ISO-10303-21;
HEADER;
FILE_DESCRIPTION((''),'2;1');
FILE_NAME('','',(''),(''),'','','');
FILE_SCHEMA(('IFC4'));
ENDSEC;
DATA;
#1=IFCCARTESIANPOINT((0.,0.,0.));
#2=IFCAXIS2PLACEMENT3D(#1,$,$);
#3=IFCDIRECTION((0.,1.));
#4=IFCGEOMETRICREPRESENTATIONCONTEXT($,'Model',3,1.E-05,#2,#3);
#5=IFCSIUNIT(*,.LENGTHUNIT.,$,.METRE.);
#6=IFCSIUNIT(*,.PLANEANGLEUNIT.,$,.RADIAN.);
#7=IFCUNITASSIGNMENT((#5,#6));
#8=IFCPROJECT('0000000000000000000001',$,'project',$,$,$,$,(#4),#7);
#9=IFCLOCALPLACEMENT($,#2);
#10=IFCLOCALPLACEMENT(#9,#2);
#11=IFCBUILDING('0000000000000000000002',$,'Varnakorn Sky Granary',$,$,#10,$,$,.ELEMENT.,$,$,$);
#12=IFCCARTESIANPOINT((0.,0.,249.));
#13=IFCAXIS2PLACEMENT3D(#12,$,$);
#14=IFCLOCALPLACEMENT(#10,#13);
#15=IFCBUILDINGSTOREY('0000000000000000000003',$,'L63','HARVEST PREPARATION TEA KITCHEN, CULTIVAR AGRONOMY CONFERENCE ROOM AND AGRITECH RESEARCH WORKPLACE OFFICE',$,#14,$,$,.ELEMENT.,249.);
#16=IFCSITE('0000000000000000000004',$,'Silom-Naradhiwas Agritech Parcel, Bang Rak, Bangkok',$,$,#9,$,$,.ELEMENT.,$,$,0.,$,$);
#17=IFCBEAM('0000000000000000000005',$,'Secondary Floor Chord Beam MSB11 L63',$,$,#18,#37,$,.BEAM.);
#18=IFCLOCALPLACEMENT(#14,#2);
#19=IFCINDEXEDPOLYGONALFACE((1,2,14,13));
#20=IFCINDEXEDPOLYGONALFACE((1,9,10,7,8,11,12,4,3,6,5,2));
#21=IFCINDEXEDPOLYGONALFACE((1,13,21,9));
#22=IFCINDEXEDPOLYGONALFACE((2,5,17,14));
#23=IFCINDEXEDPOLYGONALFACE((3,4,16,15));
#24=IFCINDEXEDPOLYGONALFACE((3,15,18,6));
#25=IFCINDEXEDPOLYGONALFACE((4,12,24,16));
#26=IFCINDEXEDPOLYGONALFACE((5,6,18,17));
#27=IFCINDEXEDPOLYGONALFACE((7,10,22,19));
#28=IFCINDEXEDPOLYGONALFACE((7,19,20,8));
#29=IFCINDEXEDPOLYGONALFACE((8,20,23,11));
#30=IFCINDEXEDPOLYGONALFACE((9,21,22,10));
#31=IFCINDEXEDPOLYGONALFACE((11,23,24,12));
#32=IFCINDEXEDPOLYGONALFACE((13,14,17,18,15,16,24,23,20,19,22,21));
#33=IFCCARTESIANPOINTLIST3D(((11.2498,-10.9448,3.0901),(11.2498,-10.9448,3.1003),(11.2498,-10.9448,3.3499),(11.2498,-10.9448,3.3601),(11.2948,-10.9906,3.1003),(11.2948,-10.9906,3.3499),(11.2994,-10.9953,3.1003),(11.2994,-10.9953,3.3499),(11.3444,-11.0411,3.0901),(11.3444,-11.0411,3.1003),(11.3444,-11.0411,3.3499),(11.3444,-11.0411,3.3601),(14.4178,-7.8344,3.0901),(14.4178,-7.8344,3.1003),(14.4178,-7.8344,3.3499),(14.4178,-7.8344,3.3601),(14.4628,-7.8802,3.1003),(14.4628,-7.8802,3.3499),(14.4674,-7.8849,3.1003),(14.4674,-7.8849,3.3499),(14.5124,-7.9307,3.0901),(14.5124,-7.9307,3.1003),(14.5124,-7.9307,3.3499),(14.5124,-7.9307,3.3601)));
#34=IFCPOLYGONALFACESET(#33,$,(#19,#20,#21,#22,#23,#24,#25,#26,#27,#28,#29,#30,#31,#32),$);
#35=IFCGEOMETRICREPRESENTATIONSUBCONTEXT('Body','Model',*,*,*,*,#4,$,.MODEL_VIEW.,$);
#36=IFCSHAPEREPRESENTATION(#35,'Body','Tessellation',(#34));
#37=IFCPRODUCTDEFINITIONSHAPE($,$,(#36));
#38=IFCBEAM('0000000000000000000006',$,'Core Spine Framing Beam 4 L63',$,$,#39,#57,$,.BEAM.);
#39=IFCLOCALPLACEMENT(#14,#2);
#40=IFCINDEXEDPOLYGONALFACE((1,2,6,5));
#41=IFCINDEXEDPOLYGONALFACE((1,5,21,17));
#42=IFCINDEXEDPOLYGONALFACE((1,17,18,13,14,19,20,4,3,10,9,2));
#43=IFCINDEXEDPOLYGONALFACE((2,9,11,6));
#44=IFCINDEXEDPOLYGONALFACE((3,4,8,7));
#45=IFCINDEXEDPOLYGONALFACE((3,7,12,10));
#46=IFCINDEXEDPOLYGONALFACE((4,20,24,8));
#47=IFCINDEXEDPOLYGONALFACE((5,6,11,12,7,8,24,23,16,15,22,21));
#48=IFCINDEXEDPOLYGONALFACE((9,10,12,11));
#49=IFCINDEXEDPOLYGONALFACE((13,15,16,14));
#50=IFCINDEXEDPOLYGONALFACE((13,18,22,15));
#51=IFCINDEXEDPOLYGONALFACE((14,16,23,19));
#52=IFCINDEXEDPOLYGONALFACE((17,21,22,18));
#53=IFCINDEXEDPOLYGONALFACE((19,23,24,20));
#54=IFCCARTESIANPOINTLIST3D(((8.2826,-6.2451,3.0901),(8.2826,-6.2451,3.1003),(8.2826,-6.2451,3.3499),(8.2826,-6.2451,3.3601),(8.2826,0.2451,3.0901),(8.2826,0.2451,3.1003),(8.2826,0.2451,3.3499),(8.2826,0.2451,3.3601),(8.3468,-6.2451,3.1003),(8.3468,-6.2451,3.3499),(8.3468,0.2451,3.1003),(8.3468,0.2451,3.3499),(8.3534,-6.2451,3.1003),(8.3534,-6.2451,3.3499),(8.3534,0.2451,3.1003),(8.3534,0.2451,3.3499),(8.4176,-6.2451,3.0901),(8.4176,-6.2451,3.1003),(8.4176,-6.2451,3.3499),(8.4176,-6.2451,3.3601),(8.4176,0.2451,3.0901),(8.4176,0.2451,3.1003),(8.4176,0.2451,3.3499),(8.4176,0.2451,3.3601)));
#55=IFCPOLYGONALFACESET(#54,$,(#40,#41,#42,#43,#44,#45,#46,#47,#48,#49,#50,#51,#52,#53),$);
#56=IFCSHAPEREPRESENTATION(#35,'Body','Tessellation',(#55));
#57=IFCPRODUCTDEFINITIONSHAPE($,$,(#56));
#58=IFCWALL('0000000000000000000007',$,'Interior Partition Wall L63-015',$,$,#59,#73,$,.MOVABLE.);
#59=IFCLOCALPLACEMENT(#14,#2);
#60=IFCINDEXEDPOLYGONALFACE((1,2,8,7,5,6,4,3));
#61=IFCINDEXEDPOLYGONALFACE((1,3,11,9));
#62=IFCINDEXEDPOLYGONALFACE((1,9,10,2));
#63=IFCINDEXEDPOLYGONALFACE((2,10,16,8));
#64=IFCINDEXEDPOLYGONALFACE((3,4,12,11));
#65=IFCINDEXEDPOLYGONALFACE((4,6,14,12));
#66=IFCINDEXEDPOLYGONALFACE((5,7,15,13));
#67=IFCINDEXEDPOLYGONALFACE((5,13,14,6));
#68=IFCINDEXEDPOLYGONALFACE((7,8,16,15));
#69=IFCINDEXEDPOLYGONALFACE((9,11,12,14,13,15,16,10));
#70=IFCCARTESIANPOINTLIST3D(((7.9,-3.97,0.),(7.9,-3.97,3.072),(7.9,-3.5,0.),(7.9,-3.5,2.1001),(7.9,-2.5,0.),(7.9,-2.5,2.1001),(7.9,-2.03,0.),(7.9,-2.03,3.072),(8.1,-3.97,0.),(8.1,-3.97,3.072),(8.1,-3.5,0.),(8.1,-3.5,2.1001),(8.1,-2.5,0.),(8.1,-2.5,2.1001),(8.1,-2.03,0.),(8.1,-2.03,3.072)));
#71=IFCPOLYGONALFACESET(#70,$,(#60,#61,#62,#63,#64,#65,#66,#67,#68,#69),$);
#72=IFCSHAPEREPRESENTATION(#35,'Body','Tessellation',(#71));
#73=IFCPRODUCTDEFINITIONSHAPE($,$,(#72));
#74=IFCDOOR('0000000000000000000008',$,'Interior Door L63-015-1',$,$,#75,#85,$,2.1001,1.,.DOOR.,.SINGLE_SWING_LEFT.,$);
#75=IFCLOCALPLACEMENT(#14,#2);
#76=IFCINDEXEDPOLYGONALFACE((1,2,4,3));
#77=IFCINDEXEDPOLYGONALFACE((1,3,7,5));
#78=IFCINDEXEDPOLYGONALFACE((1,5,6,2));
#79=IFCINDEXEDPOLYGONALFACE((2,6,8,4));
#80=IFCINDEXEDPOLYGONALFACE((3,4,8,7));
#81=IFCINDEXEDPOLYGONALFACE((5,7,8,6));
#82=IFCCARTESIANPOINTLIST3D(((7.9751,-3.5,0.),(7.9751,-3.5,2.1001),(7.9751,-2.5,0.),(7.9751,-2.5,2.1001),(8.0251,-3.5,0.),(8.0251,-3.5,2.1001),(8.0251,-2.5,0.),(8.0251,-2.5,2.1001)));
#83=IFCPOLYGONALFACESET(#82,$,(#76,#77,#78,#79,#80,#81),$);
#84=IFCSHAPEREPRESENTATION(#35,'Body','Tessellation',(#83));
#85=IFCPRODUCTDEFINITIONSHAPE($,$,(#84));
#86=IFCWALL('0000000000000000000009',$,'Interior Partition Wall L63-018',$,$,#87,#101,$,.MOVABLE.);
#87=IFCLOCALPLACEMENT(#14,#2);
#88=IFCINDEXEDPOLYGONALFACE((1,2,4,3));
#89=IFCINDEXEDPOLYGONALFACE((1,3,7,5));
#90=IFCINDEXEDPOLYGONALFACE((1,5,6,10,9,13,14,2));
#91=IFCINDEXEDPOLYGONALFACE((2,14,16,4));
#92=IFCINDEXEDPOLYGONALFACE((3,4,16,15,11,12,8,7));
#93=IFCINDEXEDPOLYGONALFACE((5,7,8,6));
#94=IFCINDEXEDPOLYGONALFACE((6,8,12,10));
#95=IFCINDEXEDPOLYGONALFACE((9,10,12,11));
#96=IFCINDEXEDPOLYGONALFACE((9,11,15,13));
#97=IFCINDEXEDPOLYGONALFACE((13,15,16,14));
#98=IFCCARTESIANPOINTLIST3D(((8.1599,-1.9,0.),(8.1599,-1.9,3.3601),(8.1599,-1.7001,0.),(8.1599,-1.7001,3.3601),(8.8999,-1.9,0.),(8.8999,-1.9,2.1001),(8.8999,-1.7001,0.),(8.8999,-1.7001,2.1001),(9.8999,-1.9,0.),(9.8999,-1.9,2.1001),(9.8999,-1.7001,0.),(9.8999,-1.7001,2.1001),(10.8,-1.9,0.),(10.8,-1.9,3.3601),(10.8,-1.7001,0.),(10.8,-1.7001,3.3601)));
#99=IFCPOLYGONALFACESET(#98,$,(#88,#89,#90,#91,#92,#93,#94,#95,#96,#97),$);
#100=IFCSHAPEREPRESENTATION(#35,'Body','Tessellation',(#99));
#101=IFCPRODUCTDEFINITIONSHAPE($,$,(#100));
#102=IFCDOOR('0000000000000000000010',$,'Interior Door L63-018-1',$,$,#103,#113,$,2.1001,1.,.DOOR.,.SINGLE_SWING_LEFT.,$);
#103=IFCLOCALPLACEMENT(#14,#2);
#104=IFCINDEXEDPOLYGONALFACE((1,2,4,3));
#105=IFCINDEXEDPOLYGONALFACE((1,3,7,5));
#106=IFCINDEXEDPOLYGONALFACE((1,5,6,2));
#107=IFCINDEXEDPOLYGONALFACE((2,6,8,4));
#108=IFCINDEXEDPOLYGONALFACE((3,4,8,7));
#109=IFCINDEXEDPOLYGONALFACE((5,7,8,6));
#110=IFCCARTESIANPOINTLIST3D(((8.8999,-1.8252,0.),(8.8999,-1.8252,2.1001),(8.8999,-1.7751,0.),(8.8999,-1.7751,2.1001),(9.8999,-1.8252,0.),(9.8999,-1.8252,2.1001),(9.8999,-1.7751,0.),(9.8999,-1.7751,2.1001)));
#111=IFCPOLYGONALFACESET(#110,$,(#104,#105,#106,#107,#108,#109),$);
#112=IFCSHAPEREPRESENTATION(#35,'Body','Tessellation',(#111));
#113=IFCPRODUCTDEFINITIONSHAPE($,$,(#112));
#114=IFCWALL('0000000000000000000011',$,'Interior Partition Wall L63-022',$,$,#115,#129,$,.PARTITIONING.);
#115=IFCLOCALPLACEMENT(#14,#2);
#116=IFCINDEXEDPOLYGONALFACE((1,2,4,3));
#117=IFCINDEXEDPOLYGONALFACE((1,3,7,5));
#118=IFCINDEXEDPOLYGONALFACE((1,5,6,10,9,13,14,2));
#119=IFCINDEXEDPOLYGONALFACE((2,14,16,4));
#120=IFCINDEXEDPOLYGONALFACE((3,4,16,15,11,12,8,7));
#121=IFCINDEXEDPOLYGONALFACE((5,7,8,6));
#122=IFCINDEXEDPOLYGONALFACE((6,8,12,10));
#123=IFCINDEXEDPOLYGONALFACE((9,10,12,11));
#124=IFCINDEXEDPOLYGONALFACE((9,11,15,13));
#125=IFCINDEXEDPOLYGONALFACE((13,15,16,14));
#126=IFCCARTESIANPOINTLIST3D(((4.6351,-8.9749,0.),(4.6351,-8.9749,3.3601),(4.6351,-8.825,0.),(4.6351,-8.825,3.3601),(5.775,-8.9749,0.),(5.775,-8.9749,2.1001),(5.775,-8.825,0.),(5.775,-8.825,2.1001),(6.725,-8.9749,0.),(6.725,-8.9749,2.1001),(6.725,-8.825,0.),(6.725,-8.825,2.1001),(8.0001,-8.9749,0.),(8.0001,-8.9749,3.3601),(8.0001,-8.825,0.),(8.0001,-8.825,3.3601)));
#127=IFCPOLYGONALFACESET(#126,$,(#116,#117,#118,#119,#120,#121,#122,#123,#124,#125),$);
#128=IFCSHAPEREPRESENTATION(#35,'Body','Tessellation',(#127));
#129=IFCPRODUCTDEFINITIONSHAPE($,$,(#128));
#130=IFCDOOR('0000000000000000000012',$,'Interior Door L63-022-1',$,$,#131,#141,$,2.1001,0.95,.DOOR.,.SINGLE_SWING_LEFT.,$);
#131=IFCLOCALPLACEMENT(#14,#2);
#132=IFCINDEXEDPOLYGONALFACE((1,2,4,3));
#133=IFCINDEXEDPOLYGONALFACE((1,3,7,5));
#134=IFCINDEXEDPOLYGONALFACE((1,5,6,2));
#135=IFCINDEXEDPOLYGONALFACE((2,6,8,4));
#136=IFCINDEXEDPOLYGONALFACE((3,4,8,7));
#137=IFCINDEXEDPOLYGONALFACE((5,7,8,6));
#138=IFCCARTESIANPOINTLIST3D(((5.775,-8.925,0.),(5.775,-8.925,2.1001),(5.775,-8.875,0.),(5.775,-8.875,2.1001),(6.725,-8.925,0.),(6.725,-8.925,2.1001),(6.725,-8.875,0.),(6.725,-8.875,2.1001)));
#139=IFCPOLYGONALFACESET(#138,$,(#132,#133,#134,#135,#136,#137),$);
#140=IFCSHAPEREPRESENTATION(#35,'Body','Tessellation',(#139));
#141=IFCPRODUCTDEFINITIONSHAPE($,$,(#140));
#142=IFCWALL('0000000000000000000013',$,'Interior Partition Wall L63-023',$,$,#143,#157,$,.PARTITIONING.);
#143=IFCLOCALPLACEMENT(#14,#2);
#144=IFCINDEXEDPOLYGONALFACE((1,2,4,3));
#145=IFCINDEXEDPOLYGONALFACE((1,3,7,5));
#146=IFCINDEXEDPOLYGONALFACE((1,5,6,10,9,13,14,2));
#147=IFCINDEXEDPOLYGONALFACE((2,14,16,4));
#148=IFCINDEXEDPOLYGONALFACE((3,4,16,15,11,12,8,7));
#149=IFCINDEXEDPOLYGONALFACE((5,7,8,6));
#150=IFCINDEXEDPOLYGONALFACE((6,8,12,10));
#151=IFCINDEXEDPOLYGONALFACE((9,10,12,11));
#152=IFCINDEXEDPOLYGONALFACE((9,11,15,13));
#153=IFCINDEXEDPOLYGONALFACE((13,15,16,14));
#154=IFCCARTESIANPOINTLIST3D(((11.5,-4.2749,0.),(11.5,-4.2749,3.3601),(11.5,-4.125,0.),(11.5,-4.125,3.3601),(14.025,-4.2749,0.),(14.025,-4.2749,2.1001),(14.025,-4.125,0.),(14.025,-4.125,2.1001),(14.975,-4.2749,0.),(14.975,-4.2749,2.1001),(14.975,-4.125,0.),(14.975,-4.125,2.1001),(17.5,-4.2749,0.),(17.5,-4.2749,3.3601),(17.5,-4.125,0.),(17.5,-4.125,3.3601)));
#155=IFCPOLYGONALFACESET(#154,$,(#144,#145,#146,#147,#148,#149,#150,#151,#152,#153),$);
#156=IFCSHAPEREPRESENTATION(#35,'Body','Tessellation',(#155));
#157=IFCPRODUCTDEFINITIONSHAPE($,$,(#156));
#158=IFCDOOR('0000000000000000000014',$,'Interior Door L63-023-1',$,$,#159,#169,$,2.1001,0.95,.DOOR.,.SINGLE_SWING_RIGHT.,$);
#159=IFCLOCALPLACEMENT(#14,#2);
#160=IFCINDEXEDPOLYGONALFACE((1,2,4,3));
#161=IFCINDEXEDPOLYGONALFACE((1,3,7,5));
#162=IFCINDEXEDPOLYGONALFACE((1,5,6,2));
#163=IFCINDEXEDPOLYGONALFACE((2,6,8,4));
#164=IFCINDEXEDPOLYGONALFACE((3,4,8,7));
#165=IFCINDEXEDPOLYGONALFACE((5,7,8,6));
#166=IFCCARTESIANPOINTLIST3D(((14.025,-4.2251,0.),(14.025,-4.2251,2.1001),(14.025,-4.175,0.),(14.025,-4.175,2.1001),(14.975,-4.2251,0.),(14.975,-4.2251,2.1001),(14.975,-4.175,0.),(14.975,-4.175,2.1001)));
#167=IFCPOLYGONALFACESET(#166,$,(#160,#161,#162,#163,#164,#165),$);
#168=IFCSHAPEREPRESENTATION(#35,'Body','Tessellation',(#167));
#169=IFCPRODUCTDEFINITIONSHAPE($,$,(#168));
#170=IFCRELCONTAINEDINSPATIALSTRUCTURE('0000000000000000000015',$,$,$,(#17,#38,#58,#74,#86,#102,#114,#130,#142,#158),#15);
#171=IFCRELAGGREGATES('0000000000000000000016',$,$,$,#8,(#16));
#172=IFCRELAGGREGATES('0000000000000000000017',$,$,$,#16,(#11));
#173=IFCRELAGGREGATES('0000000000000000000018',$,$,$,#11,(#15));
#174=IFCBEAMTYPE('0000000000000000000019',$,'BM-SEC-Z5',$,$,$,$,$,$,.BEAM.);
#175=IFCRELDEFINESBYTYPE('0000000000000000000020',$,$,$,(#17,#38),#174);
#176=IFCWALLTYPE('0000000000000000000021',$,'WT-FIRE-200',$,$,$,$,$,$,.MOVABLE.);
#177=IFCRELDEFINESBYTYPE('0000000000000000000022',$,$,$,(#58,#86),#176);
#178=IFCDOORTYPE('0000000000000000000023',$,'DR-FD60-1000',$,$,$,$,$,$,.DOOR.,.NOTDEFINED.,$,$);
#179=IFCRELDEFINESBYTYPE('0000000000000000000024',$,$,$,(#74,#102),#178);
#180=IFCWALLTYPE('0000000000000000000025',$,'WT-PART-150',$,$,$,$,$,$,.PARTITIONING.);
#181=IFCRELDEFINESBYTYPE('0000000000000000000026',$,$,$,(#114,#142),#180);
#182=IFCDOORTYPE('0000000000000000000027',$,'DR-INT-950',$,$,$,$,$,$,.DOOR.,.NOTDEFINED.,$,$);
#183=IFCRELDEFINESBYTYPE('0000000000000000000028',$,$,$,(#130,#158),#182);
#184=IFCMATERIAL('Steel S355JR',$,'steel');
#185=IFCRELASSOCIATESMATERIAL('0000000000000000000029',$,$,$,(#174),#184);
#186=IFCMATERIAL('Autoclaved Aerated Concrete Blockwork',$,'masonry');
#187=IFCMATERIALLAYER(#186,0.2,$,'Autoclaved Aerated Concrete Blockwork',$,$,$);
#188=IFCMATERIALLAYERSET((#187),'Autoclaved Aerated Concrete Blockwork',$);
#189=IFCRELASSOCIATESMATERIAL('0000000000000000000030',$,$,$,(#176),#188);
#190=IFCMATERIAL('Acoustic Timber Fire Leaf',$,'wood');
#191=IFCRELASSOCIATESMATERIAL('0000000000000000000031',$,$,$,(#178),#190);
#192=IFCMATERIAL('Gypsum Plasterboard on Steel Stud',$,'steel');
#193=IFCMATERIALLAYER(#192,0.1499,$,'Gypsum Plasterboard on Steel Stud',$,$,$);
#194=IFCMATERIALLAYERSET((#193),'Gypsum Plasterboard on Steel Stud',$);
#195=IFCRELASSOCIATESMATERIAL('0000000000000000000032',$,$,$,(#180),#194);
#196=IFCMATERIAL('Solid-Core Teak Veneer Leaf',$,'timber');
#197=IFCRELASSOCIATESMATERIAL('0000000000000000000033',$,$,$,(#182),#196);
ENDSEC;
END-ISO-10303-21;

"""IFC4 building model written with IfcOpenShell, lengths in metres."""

from ifc_helpers import new_model, si_unit, direction, frame, frame_2d, origin, origin_2d, place, context, subcontext, project, spatial, rectangle, i_section, extrude, material, layer, layer_set, material_profile, profile_set, type_object, element, fill, save


model = new_model("IFC4")

# Units and contexts
model_context = context("Model", 3, precision=1e-05, world=origin(), true_north=direction((0.0, 1.0)))
body_context = subcontext(model_context, "Body", "Model", "MODEL_VIEW")
ifc_project = project(units=[si_unit("LENGTHUNIT", "METRE"), si_unit("PLANEANGLEUNIT", "RADIAN")], contexts=[model_context])

# Site, building, storey
site_placement = place(None, origin())
site = spatial("IfcSite", under=ifc_project, at=site_placement, Name="Silom-Naradhiwas Agritech Parcel, Bang Rak, Bangkok", CompositionType="ELEMENT", RefElevation=0.0)
building_placement = place(site_placement, origin())
building = spatial("IfcBuilding", under=site, at=building_placement, Name="Varnakorn Sky Granary", CompositionType="ELEMENT")
storey_placement = place(building_placement, frame((0.0, 0.0, 249.0)))
storey = spatial("IfcBuildingStorey", under=building, at=storey_placement, Name="L63", Description="HARVEST PREPARATION TEA KITCHEN, CULTIVAR AGRONOMY CONFERENCE ROOM AND AGRITECH RESEARCH WORKPLACE OFFICE", CompositionType="ELEMENT", Elevation=249.0)

# Beams
ifc_material_1 = material(Name="Steel S355JR", Category="steel")
ifc_material_profile_1 = material_profile(ifc_material_1, i_section(OverallWidth=0.135, OverallDepth=0.27, WebThickness=0.0066, FlangeThickness=0.0103, at=origin_2d()), Name="IPE 270")
ifc_profile_set_1 = profile_set([ifc_material_profile_1], Name="Steel S355JR")
beam_type_1 = type_object("IfcBeamType", Name="BM-SEC-Z5", PredefinedType="BEAM", material=ifc_profile_set_1)
beam_1_placement = place(storey_placement, frame((11.2971, -10.9929, 3.2251), z_axis=(0.713566, 0.700588, 0.0), x_axis=(-0.700588, 0.713566, 0.0)))
element("IfcBeam", 1, at=beam_1_placement, inside=storey, type_object=beam_type_1, Name="Secondary Floor Chord Beam MSB11 L63", PredefinedType="BEAM", context=body_context, shape_type="SweptSolid", body=[
    extrude(i_section(OverallWidth=0.135, OverallDepth=0.27, WebThickness=0.0066, FlangeThickness=0.0103, at=origin_2d()), origin(), (0.0, 0.0, 1.0), 4.4397),
])
beam_2_placement = place(storey_placement, frame((8.3501, 0.2451, 3.2251), z_axis=(0.0, -1.0, 0.0), x_axis=(1.0, 0.0, 0.0)))
element("IfcBeam", 2, at=beam_2_placement, inside=storey, type_object=beam_type_1, Name="Core Spine Framing Beam 4 L63", PredefinedType="BEAM", context=body_context, shape_type="SweptSolid", body=[
    extrude(i_section(OverallWidth=0.135, OverallDepth=0.27, WebThickness=0.0066, FlangeThickness=0.0103, at=origin_2d()), origin(), (0.0, 0.0, 1.0), 6.4902),
])

# Walls, openings, doors
ifc_material_2 = material(Name="Autoclaved Aerated Concrete Blockwork", Category="masonry")
ifc_layer_1 = layer(ifc_material_2, 0.2, Name="Autoclaved Aerated Concrete Blockwork")
ifc_layer_set_1 = layer_set([ifc_layer_1], Name="Autoclaved Aerated Concrete Blockwork")
wall_type_1 = type_object("IfcWallType", Name="WT-FIRE-200", PredefinedType="MOVABLE", material=ifc_layer_set_1)
wall_1_placement = place(storey_placement, frame((8.0, -3.97, 0.0), z_axis=(0.0, 0.0, 1.0), x_axis=(0.0, 1.0, 0.0)))
wall_1 = element("IfcWall", 3, at=wall_1_placement, inside=storey, type_object=wall_type_1, Name="Interior Partition Wall L63-015", PredefinedType="MOVABLE", context=body_context, shape_type="SweptSolid", body=[
    extrude(rectangle(XDim=1.9399, YDim=0.2, at=frame_2d((0.97, 0.0))), origin(), (0.0, 0.0, 1.0), 3.072),
])
opening_1_placement = place(wall_1_placement, frame((0.47, 0.0, 0.0)))
opening_1 = element("IfcOpeningElement", 4, at=opening_1_placement, cuts=wall_1, PredefinedType="OPENING", context=body_context, shape_type="SweptSolid", body=[
    extrude(rectangle(XDim=1.0, YDim=2.1001, at=frame_2d((0.5, 1.05))), frame((0.0, 0.1099, 0.0), z_axis=(0.0, -1.0, 0.0), x_axis=(1.0, 0.0, 0.0)), (0.0, 0.0, 1.0), 0.22),
])
ifc_material_3 = material(Name="Acoustic Timber Fire Leaf", Category="wood")
door_type_1 = type_object("IfcDoorType", Name="DR-FD60-1000", OperationType="NOTDEFINED", PredefinedType="DOOR", material=ifc_material_3)
door_1_placement = place(opening_1_placement, origin())
door_1 = element("IfcDoor", 5, at=door_1_placement, inside=storey, type_object=door_type_1, Name="Interior Door L63-015-1", OperationType="SINGLE_SWING_LEFT", OverallHeight=2.1001, OverallWidth=1.0, PredefinedType="DOOR", context=body_context, shape_type="SweptSolid", body=[
    extrude(rectangle(XDim=1.0, YDim=2.1001, at=frame_2d((0.5, 1.05))), frame((0.0, 0.0249, 0.0), z_axis=(0.0, -1.0, 0.0), x_axis=(1.0, 0.0, 0.0)), (0.0, 0.0, 1.0), 0.05),
])
fill(opening_1, door_1)
wall_2_placement = place(storey_placement, frame((8.1599, -1.8, 0.0), z_axis=(0.0, 0.0, 1.0), x_axis=(1.0, 0.0, 0.0)))
wall_2 = element("IfcWall", 6, at=wall_2_placement, inside=storey, type_object=wall_type_1, Name="Interior Partition Wall L63-018", PredefinedType="MOVABLE", context=body_context, shape_type="SweptSolid", body=[
    extrude(rectangle(XDim=2.6401, YDim=0.2, at=frame_2d((1.3201, 0.0))), origin(), (0.0, 0.0, 1.0), 3.3601),
])
opening_2_placement = place(wall_2_placement, frame((0.74, 0.0, 0.0)))
opening_2 = element("IfcOpeningElement", 7, at=opening_2_placement, cuts=wall_2, PredefinedType="OPENING", context=body_context, shape_type="SweptSolid", body=[
    extrude(rectangle(XDim=1.0, YDim=2.1001, at=frame_2d((0.5, 1.05))), frame((0.0, 0.1099, 0.0), z_axis=(0.0, -1.0, 0.0), x_axis=(1.0, 0.0, 0.0)), (0.0, 0.0, 1.0), 0.22),
])
door_2_placement = place(opening_2_placement, origin())
door_2 = element("IfcDoor", 8, at=door_2_placement, inside=storey, type_object=door_type_1, Name="Interior Door L63-018-1", OperationType="SINGLE_SWING_LEFT", OverallHeight=2.1001, OverallWidth=1.0, PredefinedType="DOOR", context=body_context, shape_type="SweptSolid", body=[
    extrude(rectangle(XDim=1.0, YDim=2.1001, at=frame_2d((0.5, 1.05))), frame((0.0, 0.0249, 0.0), z_axis=(0.0, -1.0, 0.0), x_axis=(1.0, 0.0, 0.0)), (0.0, 0.0, 1.0), 0.05),
])
fill(opening_2, door_2)
ifc_material_4 = material(Name="Gypsum Plasterboard on Steel Stud", Category="steel")
ifc_layer_2 = layer(ifc_material_4, 0.1499, Name="Gypsum Plasterboard on Steel Stud")
ifc_layer_set_2 = layer_set([ifc_layer_2], Name="Gypsum Plasterboard on Steel Stud")
wall_type_2 = type_object("IfcWallType", Name="WT-PART-150", PredefinedType="PARTITIONING", material=ifc_layer_set_2)
wall_3_placement = place(storey_placement, frame((4.635, -8.8999, 0.0), z_axis=(0.0, 0.0, 1.0), x_axis=(1.0, 0.0, 0.0)))
wall_3 = element("IfcWall", 9, at=wall_3_placement, inside=storey, type_object=wall_type_2, Name="Interior Partition Wall L63-022", PredefinedType="PARTITIONING", context=body_context, shape_type="SweptSolid", body=[
    extrude(rectangle(XDim=3.365, YDim=0.1499, at=frame_2d((1.6826, 0.0))), origin(), (0.0, 0.0, 1.0), 3.3601),
])
opening_3_placement = place(wall_3_placement, frame((1.1399, 0.0, 0.0)))
opening_3 = element("IfcOpeningElement", 10, at=opening_3_placement, cuts=wall_3, PredefinedType="OPENING", context=body_context, shape_type="SweptSolid", body=[
    extrude(rectangle(XDim=0.95, YDim=2.1001, at=frame_2d((0.4751, 1.05))), frame((0.0, 0.085, 0.0), z_axis=(0.0, -1.0, 0.0), x_axis=(1.0, 0.0, 0.0)), (0.0, 0.0, 1.0), 0.1699),
])
ifc_material_5 = material(Name="Solid-Core Teak Veneer Leaf", Category="timber")
door_type_2 = type_object("IfcDoorType", Name="DR-INT-950", OperationType="NOTDEFINED", PredefinedType="DOOR", material=ifc_material_5)
door_3_placement = place(opening_3_placement, origin())
door_3 = element("IfcDoor", 11, at=door_3_placement, inside=storey, type_object=door_type_2, Name="Interior Door L63-022-1", OperationType="SINGLE_SWING_LEFT", OverallHeight=2.1001, OverallWidth=0.95, PredefinedType="DOOR", context=body_context, shape_type="SweptSolid", body=[
    extrude(rectangle(XDim=0.95, YDim=2.1001, at=frame_2d((0.4751, 1.05))), frame((0.0, 0.0249, 0.0), z_axis=(0.0, -1.0, 0.0), x_axis=(1.0, 0.0, 0.0)), (0.0, 0.0, 1.0), 0.05),
])
fill(opening_3, door_3)
wall_4_placement = place(storey_placement, frame((11.5, -4.2, 0.0), z_axis=(0.0, 0.0, 1.0), x_axis=(1.0, 0.0, 0.0)))
wall_4 = element("IfcWall", 12, at=wall_4_placement, inside=storey, type_object=wall_type_2, Name="Interior Partition Wall L63-023", PredefinedType="PARTITIONING", context=body_context, shape_type="SweptSolid", body=[
    extrude(rectangle(XDim=6.0, YDim=0.1499, at=frame_2d((3.0, 0.0))), origin(), (0.0, 0.0, 1.0), 3.3601),
])
opening_4_placement = place(wall_4_placement, frame((2.5249, 0.0, 0.0)))
opening_4 = element("IfcOpeningElement", 13, at=opening_4_placement, cuts=wall_4, PredefinedType="OPENING", context=body_context, shape_type="SweptSolid", body=[
    extrude(rectangle(XDim=0.95, YDim=2.1001, at=frame_2d((0.4751, 1.05))), frame((0.0, 0.085, 0.0), z_axis=(0.0, -1.0, 0.0), x_axis=(1.0, 0.0, 0.0)), (0.0, 0.0, 1.0), 0.1699),
])
door_4_placement = place(opening_4_placement, origin())
door_4 = element("IfcDoor", 14, at=door_4_placement, inside=storey, type_object=door_type_2, Name="Interior Door L63-023-1", OperationType="SINGLE_SWING_RIGHT", OverallHeight=2.1001, OverallWidth=0.95, PredefinedType="DOOR", context=body_context, shape_type="SweptSolid", body=[
    extrude(rectangle(XDim=0.95, YDim=2.1001, at=frame_2d((0.4751, 1.05))), frame((0.0, 0.0249, 0.0), z_axis=(0.0, -1.0, 0.0), x_axis=(1.0, 0.0, 0.0)), (0.0, 0.0, 1.0), 0.05),
])
fill(opening_4, door_4)

save(model, "model.ifc")
